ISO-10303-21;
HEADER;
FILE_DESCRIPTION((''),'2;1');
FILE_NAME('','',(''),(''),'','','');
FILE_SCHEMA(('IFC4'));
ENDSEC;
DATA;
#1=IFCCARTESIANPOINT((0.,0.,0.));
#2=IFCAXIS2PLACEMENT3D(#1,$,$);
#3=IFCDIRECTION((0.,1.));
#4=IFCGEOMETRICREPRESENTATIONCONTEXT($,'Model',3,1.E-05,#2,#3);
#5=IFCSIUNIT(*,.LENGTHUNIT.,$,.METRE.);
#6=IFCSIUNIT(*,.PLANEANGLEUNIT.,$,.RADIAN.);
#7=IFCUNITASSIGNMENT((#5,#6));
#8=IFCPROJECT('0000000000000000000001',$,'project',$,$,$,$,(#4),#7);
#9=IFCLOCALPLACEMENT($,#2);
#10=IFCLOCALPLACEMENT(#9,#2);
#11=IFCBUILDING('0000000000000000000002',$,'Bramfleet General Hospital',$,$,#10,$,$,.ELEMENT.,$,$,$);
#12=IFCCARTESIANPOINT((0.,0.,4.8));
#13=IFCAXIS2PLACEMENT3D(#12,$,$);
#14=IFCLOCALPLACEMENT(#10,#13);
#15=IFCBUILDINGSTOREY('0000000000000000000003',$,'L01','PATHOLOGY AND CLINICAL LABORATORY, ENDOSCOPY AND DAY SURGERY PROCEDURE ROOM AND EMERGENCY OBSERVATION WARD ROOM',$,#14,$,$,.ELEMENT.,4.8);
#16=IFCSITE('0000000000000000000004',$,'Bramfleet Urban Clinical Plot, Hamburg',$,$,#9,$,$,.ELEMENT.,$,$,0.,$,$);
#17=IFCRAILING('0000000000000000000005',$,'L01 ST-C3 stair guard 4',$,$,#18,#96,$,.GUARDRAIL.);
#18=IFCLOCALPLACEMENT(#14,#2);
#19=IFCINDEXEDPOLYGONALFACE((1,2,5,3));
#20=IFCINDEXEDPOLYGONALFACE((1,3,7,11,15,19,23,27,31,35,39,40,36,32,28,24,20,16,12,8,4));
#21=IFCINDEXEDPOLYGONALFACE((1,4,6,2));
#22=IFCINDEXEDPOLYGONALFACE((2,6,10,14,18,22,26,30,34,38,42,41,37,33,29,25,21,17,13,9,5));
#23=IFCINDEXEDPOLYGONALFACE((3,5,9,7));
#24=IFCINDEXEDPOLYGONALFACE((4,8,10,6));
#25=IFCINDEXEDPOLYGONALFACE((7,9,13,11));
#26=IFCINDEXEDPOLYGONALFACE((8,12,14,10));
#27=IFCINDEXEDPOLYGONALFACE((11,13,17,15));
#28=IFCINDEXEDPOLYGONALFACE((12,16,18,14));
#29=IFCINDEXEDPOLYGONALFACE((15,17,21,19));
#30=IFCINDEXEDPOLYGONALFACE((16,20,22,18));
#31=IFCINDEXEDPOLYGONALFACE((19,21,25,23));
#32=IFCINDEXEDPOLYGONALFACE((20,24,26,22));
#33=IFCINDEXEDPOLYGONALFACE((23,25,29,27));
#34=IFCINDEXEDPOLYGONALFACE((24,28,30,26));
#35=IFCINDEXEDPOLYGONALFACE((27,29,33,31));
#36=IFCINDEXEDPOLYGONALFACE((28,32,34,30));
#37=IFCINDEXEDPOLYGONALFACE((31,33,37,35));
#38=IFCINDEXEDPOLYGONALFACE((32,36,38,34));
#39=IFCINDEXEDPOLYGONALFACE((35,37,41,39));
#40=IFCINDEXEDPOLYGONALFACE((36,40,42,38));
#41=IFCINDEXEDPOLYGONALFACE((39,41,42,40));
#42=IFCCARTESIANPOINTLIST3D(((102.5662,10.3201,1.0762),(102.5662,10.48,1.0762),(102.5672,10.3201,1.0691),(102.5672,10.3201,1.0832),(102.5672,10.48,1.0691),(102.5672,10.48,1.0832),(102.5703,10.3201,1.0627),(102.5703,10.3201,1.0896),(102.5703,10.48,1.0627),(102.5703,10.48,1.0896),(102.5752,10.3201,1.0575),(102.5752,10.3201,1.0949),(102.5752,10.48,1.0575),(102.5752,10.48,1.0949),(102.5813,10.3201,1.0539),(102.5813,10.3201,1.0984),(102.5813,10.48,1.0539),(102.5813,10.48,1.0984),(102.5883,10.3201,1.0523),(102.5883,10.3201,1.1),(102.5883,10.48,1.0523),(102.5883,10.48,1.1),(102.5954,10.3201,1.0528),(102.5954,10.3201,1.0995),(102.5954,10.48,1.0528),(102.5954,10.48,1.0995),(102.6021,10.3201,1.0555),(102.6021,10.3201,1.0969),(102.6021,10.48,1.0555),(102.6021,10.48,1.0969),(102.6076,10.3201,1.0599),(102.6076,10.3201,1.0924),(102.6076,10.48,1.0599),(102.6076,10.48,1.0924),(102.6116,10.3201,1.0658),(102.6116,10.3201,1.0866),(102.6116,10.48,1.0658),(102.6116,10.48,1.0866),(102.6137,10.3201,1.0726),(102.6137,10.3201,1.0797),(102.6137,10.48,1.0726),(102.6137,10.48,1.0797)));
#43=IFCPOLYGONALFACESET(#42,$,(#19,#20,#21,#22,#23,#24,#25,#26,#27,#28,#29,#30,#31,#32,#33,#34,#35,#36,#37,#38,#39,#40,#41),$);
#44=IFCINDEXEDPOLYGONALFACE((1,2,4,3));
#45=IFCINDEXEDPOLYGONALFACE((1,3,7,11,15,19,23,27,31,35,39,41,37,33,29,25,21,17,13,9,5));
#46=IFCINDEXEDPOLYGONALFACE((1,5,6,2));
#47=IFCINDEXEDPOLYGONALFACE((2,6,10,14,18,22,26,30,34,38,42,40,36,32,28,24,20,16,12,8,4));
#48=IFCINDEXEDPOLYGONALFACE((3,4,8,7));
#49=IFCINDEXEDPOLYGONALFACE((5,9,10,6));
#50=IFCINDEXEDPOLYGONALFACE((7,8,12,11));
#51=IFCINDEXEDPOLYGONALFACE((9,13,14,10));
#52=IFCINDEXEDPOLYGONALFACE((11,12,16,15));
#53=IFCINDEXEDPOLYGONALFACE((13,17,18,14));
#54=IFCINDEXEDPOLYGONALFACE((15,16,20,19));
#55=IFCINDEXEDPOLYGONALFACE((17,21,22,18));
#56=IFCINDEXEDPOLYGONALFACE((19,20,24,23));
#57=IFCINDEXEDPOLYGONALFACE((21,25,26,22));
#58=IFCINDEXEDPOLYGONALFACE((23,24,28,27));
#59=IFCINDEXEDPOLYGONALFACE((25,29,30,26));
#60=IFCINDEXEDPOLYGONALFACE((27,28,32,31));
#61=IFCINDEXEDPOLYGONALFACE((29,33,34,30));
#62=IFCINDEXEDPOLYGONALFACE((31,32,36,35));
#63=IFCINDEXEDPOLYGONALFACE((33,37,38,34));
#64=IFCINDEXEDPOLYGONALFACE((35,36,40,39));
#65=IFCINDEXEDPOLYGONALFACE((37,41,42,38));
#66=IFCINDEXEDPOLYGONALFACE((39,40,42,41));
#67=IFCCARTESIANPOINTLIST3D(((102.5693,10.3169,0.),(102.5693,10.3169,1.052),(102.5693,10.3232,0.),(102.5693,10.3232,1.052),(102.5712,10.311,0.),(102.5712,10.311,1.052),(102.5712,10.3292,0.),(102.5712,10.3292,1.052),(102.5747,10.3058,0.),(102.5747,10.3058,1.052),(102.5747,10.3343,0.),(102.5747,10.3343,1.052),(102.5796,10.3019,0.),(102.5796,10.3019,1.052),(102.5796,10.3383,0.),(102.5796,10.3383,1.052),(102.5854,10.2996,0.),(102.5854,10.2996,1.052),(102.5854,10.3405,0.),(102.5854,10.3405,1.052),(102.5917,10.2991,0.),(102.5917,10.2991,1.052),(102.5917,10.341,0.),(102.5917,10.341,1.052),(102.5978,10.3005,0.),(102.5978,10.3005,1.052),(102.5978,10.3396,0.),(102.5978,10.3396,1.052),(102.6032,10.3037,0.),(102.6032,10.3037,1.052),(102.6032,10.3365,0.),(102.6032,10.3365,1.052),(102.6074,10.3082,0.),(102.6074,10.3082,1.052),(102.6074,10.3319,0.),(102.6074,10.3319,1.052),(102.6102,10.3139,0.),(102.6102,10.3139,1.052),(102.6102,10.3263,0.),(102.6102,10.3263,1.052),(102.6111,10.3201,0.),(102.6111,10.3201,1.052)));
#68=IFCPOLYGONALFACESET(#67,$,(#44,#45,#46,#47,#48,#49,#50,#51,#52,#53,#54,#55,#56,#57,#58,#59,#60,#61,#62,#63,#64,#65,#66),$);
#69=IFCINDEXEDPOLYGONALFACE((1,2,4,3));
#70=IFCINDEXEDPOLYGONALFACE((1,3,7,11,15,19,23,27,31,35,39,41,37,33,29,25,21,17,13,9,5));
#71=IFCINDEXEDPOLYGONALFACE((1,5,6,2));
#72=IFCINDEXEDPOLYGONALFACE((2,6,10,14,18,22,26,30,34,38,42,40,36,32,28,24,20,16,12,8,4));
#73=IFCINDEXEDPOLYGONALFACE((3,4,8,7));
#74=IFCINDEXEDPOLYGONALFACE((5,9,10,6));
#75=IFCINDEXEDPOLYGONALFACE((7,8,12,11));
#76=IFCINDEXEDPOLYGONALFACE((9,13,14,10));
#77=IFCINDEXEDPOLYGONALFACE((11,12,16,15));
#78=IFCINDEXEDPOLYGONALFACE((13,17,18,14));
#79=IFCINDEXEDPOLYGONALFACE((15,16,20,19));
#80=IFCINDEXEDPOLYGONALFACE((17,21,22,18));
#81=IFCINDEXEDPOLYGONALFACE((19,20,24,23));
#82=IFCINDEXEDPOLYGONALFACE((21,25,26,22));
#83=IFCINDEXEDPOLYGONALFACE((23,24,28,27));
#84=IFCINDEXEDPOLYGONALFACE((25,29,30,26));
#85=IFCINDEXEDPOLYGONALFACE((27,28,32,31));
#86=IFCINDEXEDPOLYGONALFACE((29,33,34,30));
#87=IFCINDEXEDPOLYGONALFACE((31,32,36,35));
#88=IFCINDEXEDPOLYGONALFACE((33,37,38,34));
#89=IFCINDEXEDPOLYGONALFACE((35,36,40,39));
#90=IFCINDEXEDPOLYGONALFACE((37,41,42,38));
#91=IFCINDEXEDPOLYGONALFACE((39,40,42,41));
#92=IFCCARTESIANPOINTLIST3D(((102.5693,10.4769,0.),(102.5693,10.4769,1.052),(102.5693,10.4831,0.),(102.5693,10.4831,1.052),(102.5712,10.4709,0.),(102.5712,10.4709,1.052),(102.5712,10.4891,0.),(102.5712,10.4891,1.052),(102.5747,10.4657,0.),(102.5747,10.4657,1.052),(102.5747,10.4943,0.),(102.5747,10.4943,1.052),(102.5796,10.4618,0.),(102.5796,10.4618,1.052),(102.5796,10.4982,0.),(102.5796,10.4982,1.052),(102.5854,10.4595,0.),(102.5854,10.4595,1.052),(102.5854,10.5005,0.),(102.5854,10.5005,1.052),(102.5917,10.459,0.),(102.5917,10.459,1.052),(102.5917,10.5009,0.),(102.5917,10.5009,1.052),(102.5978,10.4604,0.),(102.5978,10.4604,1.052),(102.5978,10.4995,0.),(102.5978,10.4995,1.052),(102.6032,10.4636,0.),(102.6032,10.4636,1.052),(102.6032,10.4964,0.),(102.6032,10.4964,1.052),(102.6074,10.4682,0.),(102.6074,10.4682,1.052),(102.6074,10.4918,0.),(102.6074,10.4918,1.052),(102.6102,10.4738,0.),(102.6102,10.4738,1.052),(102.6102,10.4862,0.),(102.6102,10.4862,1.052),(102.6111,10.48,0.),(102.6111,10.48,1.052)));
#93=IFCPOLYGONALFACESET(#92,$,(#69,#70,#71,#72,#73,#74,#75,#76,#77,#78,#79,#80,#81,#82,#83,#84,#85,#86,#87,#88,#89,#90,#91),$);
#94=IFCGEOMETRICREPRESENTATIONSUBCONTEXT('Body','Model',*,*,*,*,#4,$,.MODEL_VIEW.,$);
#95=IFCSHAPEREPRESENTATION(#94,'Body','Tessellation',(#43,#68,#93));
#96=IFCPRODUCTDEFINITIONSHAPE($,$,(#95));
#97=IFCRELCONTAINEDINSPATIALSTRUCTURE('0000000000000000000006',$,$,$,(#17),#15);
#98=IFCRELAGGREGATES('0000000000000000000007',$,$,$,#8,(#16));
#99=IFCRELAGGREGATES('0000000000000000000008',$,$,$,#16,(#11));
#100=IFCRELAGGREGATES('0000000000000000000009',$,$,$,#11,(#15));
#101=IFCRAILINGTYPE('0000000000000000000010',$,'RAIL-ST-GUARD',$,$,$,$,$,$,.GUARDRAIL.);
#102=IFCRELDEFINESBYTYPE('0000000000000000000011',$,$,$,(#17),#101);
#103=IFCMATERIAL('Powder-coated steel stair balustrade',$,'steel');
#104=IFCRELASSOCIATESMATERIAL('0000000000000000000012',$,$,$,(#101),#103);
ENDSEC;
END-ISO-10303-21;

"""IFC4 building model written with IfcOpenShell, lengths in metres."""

from ifc_helpers import new_model, si_unit, direction, frame, origin, origin_2d, place, context, subcontext, project, spatial, circle, extrude, material, type_object, element, save


model = new_model("IFC4")

# Units and contexts
model_context = context("Model", 3, precision=1e-05, world=origin(), true_north=direction((0.0, 1.0)))
body_context = subcontext(model_context, "Body", "Model", "MODEL_VIEW")
ifc_project = project(units=[si_unit("LENGTHUNIT", "METRE"), si_unit("PLANEANGLEUNIT", "RADIAN")], contexts=[model_context])

# Site, building, storey
site_placement = place(None, origin())
site = spatial("IfcSite", under=ifc_project, at=site_placement, Name="Bramfleet Urban Clinical Plot, Hamburg", CompositionType="ELEMENT", RefElevation=0.0)
building_placement = place(site_placement, origin())
building = spatial("IfcBuilding", under=site, at=building_placement, Name="Bramfleet General Hospital", CompositionType="ELEMENT")
storey_placement = place(building_placement, frame((0.0, 0.0, 4.8)))
storey = spatial("IfcBuildingStorey", under=building, at=storey_placement, Name="L01", Description="PATHOLOGY AND CLINICAL LABORATORY, ENDOSCOPY AND DAY SURGERY PROCEDURE ROOM AND EMERGENCY OBSERVATION WARD ROOM", CompositionType="ELEMENT", Elevation=4.8)

# Railing
ifc_material_1 = material(Name="Powder-coated steel stair balustrade", Category="steel")
railing_type_1 = type_object("IfcRailingType", Name="RAIL-ST-GUARD", PredefinedType="GUARDRAIL", material=ifc_material_1)
railing_1_placement = place(storey_placement, frame((102.5901, 10.3201, 0.0)))
element("IfcRailing", 1, at=railing_1_placement, inside=storey, type_object=railing_type_1, Name="L01 ST-C3 stair guard 4", PredefinedType="GUARDRAIL", context=body_context, shape_type="SweptSolid", body=[
    extrude(circle(Radius=0.0239, at=origin_2d()), frame((0.0, 0.0, 1.0762), z_axis=(0.0, 1.0, 0.0), x_axis=(-1.0, 0.0, 0.0)), (0.0, 0.0, 1.0), 0.1599),
    extrude(circle(Radius=0.021, at=origin_2d()), origin(), (0.0, 0.0, 1.0), 1.052),
    extrude(circle(Radius=0.021, at=origin_2d()), frame((0.0, 0.1599, 0.0)), (0.0, 0.0, 1.0), 1.052),
])

save(model, "model.ifc")
